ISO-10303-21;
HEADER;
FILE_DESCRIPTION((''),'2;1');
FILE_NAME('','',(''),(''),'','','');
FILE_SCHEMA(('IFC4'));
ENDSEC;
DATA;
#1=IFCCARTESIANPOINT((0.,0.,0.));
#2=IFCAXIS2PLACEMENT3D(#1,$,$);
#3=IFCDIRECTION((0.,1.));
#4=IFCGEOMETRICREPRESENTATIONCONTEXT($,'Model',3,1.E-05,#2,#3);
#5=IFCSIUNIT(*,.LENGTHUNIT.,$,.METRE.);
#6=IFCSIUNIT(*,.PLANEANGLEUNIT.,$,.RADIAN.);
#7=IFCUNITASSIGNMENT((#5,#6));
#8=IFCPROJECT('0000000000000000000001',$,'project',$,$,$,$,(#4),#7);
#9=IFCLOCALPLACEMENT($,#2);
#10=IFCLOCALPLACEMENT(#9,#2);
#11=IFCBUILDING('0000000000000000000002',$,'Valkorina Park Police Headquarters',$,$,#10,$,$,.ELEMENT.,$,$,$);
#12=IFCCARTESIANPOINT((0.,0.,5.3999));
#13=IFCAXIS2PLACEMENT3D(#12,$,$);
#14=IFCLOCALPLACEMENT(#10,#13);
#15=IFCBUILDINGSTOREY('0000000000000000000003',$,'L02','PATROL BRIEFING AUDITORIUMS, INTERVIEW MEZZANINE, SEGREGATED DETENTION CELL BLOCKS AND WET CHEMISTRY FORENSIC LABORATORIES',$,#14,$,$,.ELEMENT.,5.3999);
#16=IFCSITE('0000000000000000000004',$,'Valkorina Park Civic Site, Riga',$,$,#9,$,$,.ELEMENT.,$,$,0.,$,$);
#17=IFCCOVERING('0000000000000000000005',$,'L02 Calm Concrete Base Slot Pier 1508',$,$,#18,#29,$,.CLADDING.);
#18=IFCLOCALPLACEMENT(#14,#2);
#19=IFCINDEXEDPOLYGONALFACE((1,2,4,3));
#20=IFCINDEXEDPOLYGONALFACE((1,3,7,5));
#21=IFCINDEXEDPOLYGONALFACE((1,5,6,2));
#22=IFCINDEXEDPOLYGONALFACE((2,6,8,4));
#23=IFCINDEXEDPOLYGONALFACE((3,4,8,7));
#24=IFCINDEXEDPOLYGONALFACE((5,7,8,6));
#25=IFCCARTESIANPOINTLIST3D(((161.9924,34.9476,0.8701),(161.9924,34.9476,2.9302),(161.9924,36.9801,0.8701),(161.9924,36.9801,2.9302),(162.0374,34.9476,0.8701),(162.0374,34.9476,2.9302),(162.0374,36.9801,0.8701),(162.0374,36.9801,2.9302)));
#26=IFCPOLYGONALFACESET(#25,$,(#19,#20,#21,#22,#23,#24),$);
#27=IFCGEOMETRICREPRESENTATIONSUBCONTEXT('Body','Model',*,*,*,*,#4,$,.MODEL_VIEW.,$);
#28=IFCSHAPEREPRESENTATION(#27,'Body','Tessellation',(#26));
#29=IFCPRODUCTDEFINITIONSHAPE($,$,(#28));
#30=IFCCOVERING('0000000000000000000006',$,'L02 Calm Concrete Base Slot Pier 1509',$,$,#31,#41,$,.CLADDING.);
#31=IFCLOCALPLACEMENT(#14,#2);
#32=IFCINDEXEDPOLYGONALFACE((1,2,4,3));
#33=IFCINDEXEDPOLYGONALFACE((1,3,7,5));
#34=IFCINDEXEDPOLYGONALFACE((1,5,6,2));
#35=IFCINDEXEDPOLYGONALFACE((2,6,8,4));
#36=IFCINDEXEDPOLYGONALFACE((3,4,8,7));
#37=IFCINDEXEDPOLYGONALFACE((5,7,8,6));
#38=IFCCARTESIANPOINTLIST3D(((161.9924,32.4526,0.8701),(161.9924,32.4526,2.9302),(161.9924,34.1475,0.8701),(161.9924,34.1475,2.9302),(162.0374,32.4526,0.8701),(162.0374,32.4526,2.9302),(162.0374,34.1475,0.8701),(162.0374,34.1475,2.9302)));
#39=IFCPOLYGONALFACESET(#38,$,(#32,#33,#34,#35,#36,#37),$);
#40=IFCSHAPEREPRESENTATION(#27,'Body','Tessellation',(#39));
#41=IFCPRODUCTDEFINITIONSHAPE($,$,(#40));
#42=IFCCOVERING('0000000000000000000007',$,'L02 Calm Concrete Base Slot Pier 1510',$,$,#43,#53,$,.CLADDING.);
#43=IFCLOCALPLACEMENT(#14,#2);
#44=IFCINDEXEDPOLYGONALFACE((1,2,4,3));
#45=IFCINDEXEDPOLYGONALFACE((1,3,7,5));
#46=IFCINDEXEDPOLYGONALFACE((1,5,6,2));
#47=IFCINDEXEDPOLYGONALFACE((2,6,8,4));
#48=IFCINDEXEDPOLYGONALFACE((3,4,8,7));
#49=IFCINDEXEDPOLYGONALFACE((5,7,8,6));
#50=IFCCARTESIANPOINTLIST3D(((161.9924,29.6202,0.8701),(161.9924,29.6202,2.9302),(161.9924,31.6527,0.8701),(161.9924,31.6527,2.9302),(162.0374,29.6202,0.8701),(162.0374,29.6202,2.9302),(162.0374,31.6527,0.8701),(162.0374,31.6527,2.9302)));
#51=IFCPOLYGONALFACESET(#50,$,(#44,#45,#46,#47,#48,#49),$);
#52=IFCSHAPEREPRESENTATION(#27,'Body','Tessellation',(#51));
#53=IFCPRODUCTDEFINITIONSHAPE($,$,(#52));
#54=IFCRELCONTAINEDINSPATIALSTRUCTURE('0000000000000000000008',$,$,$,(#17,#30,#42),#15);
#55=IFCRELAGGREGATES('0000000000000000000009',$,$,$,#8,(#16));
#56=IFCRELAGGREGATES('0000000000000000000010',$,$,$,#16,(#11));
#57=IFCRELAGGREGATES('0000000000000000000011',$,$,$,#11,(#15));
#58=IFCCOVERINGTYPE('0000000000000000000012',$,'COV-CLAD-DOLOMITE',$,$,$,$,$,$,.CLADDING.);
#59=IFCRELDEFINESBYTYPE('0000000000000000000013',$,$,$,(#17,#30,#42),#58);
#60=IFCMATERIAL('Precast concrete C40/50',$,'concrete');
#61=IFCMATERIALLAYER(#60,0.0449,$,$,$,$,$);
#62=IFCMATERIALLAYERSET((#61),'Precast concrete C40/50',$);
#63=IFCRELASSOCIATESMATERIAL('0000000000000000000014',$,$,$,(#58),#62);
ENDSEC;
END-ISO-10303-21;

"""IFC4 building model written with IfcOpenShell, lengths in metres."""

from ifc_helpers import new_model, si_unit, direction, frame, frame_2d, origin, place, context, subcontext, project, spatial, rectangle, extrude, material, layer, layer_set, type_object, element, save


model = new_model("IFC4")

# Units and contexts
model_context = context("Model", 3, precision=1e-05, world=origin(), true_north=direction((0.0, 1.0)))
body_context = subcontext(model_context, "Body", "Model", "MODEL_VIEW")
ifc_project = project(units=[si_unit("LENGTHUNIT", "METRE"), si_unit("PLANEANGLEUNIT", "RADIAN")], contexts=[model_context])

# Site, building, storey
site_placement = place(None, origin())
site = spatial("IfcSite", under=ifc_project, at=site_placement, Name="Valkorina Park Civic Site, Riga", CompositionType="ELEMENT", RefElevation=0.0)
building_placement = place(site_placement, origin())
building = spatial("IfcBuilding", under=site, at=building_placement, Name="Valkorina Park Police Headquarters", CompositionType="ELEMENT")
storey_placement = place(building_placement, frame((0.0, 0.0, 5.3999)))
storey = spatial("IfcBuildingStorey", under=building, at=storey_placement, Name="L02", Description="PATROL BRIEFING AUDITORIUMS, INTERVIEW MEZZANINE, SEGREGATED DETENTION CELL BLOCKS AND WET CHEMISTRY FORENSIC LABORATORIES", CompositionType="ELEMENT", Elevation=5.3999)

# Shared definitions
ifc_material_1 = material(Name="Precast concrete C40/50", Category="concrete")

# Coverings
ifc_layer_1 = layer(ifc_material_1, 0.0449)
ifc_layer_set_1 = layer_set([ifc_layer_1], Name="Precast concrete C40/50")
covering_type = type_object("IfcCoveringType", Name="COV-CLAD-DOLOMITE", PredefinedType="CLADDING", material=ifc_layer_set_1)
covering_1_placement = place(storey_placement, frame((162.0149, 36.98, 0.8701), z_axis=(0.0, 0.0, 1.0), x_axis=(0.0, -1.0, 0.0)))
element("IfcCovering", 1, at=covering_1_placement, inside=storey, type_object=covering_type, Name="L02 Calm Concrete Base Slot Pier 1508", PredefinedType="CLADDING", context=body_context, shape_type="SweptSolid", body=[
    extrude(rectangle(XDim=2.0325, YDim=0.0449, at=frame_2d((1.0161, 0.0))), origin(), (0.0, 0.0, 1.0), 2.0601),
])
covering_2_placement = place(storey_placement, frame((162.0149, 34.1475, 0.8701), z_axis=(0.0, 0.0, 1.0), x_axis=(0.0, -1.0, 0.0)))
element("IfcCovering", 2, at=covering_2_placement, inside=storey, type_object=covering_type, Name="L02 Calm Concrete Base Slot Pier 1509", PredefinedType="CLADDING", context=body_context, shape_type="SweptSolid", body=[
    extrude(rectangle(XDim=1.6948, YDim=0.0449, at=frame_2d((0.8474, 0.0))), origin(), (0.0, 0.0, 1.0), 2.0601),
])
covering_3_placement = place(storey_placement, frame((162.0149, 31.6526, 0.8701), z_axis=(0.0, 0.0, 1.0), x_axis=(0.0, -1.0, 0.0)))
element("IfcCovering", 3, at=covering_3_placement, inside=storey, type_object=covering_type, Name="L02 Calm Concrete Base Slot Pier 1510", PredefinedType="CLADDING", context=body_context, shape_type="SweptSolid", body=[
    extrude(rectangle(XDim=2.0325, YDim=0.0449, at=frame_2d((1.0161, 0.0))), origin(), (0.0, 0.0, 1.0), 2.0601),
])

save(model, "model.ifc")
